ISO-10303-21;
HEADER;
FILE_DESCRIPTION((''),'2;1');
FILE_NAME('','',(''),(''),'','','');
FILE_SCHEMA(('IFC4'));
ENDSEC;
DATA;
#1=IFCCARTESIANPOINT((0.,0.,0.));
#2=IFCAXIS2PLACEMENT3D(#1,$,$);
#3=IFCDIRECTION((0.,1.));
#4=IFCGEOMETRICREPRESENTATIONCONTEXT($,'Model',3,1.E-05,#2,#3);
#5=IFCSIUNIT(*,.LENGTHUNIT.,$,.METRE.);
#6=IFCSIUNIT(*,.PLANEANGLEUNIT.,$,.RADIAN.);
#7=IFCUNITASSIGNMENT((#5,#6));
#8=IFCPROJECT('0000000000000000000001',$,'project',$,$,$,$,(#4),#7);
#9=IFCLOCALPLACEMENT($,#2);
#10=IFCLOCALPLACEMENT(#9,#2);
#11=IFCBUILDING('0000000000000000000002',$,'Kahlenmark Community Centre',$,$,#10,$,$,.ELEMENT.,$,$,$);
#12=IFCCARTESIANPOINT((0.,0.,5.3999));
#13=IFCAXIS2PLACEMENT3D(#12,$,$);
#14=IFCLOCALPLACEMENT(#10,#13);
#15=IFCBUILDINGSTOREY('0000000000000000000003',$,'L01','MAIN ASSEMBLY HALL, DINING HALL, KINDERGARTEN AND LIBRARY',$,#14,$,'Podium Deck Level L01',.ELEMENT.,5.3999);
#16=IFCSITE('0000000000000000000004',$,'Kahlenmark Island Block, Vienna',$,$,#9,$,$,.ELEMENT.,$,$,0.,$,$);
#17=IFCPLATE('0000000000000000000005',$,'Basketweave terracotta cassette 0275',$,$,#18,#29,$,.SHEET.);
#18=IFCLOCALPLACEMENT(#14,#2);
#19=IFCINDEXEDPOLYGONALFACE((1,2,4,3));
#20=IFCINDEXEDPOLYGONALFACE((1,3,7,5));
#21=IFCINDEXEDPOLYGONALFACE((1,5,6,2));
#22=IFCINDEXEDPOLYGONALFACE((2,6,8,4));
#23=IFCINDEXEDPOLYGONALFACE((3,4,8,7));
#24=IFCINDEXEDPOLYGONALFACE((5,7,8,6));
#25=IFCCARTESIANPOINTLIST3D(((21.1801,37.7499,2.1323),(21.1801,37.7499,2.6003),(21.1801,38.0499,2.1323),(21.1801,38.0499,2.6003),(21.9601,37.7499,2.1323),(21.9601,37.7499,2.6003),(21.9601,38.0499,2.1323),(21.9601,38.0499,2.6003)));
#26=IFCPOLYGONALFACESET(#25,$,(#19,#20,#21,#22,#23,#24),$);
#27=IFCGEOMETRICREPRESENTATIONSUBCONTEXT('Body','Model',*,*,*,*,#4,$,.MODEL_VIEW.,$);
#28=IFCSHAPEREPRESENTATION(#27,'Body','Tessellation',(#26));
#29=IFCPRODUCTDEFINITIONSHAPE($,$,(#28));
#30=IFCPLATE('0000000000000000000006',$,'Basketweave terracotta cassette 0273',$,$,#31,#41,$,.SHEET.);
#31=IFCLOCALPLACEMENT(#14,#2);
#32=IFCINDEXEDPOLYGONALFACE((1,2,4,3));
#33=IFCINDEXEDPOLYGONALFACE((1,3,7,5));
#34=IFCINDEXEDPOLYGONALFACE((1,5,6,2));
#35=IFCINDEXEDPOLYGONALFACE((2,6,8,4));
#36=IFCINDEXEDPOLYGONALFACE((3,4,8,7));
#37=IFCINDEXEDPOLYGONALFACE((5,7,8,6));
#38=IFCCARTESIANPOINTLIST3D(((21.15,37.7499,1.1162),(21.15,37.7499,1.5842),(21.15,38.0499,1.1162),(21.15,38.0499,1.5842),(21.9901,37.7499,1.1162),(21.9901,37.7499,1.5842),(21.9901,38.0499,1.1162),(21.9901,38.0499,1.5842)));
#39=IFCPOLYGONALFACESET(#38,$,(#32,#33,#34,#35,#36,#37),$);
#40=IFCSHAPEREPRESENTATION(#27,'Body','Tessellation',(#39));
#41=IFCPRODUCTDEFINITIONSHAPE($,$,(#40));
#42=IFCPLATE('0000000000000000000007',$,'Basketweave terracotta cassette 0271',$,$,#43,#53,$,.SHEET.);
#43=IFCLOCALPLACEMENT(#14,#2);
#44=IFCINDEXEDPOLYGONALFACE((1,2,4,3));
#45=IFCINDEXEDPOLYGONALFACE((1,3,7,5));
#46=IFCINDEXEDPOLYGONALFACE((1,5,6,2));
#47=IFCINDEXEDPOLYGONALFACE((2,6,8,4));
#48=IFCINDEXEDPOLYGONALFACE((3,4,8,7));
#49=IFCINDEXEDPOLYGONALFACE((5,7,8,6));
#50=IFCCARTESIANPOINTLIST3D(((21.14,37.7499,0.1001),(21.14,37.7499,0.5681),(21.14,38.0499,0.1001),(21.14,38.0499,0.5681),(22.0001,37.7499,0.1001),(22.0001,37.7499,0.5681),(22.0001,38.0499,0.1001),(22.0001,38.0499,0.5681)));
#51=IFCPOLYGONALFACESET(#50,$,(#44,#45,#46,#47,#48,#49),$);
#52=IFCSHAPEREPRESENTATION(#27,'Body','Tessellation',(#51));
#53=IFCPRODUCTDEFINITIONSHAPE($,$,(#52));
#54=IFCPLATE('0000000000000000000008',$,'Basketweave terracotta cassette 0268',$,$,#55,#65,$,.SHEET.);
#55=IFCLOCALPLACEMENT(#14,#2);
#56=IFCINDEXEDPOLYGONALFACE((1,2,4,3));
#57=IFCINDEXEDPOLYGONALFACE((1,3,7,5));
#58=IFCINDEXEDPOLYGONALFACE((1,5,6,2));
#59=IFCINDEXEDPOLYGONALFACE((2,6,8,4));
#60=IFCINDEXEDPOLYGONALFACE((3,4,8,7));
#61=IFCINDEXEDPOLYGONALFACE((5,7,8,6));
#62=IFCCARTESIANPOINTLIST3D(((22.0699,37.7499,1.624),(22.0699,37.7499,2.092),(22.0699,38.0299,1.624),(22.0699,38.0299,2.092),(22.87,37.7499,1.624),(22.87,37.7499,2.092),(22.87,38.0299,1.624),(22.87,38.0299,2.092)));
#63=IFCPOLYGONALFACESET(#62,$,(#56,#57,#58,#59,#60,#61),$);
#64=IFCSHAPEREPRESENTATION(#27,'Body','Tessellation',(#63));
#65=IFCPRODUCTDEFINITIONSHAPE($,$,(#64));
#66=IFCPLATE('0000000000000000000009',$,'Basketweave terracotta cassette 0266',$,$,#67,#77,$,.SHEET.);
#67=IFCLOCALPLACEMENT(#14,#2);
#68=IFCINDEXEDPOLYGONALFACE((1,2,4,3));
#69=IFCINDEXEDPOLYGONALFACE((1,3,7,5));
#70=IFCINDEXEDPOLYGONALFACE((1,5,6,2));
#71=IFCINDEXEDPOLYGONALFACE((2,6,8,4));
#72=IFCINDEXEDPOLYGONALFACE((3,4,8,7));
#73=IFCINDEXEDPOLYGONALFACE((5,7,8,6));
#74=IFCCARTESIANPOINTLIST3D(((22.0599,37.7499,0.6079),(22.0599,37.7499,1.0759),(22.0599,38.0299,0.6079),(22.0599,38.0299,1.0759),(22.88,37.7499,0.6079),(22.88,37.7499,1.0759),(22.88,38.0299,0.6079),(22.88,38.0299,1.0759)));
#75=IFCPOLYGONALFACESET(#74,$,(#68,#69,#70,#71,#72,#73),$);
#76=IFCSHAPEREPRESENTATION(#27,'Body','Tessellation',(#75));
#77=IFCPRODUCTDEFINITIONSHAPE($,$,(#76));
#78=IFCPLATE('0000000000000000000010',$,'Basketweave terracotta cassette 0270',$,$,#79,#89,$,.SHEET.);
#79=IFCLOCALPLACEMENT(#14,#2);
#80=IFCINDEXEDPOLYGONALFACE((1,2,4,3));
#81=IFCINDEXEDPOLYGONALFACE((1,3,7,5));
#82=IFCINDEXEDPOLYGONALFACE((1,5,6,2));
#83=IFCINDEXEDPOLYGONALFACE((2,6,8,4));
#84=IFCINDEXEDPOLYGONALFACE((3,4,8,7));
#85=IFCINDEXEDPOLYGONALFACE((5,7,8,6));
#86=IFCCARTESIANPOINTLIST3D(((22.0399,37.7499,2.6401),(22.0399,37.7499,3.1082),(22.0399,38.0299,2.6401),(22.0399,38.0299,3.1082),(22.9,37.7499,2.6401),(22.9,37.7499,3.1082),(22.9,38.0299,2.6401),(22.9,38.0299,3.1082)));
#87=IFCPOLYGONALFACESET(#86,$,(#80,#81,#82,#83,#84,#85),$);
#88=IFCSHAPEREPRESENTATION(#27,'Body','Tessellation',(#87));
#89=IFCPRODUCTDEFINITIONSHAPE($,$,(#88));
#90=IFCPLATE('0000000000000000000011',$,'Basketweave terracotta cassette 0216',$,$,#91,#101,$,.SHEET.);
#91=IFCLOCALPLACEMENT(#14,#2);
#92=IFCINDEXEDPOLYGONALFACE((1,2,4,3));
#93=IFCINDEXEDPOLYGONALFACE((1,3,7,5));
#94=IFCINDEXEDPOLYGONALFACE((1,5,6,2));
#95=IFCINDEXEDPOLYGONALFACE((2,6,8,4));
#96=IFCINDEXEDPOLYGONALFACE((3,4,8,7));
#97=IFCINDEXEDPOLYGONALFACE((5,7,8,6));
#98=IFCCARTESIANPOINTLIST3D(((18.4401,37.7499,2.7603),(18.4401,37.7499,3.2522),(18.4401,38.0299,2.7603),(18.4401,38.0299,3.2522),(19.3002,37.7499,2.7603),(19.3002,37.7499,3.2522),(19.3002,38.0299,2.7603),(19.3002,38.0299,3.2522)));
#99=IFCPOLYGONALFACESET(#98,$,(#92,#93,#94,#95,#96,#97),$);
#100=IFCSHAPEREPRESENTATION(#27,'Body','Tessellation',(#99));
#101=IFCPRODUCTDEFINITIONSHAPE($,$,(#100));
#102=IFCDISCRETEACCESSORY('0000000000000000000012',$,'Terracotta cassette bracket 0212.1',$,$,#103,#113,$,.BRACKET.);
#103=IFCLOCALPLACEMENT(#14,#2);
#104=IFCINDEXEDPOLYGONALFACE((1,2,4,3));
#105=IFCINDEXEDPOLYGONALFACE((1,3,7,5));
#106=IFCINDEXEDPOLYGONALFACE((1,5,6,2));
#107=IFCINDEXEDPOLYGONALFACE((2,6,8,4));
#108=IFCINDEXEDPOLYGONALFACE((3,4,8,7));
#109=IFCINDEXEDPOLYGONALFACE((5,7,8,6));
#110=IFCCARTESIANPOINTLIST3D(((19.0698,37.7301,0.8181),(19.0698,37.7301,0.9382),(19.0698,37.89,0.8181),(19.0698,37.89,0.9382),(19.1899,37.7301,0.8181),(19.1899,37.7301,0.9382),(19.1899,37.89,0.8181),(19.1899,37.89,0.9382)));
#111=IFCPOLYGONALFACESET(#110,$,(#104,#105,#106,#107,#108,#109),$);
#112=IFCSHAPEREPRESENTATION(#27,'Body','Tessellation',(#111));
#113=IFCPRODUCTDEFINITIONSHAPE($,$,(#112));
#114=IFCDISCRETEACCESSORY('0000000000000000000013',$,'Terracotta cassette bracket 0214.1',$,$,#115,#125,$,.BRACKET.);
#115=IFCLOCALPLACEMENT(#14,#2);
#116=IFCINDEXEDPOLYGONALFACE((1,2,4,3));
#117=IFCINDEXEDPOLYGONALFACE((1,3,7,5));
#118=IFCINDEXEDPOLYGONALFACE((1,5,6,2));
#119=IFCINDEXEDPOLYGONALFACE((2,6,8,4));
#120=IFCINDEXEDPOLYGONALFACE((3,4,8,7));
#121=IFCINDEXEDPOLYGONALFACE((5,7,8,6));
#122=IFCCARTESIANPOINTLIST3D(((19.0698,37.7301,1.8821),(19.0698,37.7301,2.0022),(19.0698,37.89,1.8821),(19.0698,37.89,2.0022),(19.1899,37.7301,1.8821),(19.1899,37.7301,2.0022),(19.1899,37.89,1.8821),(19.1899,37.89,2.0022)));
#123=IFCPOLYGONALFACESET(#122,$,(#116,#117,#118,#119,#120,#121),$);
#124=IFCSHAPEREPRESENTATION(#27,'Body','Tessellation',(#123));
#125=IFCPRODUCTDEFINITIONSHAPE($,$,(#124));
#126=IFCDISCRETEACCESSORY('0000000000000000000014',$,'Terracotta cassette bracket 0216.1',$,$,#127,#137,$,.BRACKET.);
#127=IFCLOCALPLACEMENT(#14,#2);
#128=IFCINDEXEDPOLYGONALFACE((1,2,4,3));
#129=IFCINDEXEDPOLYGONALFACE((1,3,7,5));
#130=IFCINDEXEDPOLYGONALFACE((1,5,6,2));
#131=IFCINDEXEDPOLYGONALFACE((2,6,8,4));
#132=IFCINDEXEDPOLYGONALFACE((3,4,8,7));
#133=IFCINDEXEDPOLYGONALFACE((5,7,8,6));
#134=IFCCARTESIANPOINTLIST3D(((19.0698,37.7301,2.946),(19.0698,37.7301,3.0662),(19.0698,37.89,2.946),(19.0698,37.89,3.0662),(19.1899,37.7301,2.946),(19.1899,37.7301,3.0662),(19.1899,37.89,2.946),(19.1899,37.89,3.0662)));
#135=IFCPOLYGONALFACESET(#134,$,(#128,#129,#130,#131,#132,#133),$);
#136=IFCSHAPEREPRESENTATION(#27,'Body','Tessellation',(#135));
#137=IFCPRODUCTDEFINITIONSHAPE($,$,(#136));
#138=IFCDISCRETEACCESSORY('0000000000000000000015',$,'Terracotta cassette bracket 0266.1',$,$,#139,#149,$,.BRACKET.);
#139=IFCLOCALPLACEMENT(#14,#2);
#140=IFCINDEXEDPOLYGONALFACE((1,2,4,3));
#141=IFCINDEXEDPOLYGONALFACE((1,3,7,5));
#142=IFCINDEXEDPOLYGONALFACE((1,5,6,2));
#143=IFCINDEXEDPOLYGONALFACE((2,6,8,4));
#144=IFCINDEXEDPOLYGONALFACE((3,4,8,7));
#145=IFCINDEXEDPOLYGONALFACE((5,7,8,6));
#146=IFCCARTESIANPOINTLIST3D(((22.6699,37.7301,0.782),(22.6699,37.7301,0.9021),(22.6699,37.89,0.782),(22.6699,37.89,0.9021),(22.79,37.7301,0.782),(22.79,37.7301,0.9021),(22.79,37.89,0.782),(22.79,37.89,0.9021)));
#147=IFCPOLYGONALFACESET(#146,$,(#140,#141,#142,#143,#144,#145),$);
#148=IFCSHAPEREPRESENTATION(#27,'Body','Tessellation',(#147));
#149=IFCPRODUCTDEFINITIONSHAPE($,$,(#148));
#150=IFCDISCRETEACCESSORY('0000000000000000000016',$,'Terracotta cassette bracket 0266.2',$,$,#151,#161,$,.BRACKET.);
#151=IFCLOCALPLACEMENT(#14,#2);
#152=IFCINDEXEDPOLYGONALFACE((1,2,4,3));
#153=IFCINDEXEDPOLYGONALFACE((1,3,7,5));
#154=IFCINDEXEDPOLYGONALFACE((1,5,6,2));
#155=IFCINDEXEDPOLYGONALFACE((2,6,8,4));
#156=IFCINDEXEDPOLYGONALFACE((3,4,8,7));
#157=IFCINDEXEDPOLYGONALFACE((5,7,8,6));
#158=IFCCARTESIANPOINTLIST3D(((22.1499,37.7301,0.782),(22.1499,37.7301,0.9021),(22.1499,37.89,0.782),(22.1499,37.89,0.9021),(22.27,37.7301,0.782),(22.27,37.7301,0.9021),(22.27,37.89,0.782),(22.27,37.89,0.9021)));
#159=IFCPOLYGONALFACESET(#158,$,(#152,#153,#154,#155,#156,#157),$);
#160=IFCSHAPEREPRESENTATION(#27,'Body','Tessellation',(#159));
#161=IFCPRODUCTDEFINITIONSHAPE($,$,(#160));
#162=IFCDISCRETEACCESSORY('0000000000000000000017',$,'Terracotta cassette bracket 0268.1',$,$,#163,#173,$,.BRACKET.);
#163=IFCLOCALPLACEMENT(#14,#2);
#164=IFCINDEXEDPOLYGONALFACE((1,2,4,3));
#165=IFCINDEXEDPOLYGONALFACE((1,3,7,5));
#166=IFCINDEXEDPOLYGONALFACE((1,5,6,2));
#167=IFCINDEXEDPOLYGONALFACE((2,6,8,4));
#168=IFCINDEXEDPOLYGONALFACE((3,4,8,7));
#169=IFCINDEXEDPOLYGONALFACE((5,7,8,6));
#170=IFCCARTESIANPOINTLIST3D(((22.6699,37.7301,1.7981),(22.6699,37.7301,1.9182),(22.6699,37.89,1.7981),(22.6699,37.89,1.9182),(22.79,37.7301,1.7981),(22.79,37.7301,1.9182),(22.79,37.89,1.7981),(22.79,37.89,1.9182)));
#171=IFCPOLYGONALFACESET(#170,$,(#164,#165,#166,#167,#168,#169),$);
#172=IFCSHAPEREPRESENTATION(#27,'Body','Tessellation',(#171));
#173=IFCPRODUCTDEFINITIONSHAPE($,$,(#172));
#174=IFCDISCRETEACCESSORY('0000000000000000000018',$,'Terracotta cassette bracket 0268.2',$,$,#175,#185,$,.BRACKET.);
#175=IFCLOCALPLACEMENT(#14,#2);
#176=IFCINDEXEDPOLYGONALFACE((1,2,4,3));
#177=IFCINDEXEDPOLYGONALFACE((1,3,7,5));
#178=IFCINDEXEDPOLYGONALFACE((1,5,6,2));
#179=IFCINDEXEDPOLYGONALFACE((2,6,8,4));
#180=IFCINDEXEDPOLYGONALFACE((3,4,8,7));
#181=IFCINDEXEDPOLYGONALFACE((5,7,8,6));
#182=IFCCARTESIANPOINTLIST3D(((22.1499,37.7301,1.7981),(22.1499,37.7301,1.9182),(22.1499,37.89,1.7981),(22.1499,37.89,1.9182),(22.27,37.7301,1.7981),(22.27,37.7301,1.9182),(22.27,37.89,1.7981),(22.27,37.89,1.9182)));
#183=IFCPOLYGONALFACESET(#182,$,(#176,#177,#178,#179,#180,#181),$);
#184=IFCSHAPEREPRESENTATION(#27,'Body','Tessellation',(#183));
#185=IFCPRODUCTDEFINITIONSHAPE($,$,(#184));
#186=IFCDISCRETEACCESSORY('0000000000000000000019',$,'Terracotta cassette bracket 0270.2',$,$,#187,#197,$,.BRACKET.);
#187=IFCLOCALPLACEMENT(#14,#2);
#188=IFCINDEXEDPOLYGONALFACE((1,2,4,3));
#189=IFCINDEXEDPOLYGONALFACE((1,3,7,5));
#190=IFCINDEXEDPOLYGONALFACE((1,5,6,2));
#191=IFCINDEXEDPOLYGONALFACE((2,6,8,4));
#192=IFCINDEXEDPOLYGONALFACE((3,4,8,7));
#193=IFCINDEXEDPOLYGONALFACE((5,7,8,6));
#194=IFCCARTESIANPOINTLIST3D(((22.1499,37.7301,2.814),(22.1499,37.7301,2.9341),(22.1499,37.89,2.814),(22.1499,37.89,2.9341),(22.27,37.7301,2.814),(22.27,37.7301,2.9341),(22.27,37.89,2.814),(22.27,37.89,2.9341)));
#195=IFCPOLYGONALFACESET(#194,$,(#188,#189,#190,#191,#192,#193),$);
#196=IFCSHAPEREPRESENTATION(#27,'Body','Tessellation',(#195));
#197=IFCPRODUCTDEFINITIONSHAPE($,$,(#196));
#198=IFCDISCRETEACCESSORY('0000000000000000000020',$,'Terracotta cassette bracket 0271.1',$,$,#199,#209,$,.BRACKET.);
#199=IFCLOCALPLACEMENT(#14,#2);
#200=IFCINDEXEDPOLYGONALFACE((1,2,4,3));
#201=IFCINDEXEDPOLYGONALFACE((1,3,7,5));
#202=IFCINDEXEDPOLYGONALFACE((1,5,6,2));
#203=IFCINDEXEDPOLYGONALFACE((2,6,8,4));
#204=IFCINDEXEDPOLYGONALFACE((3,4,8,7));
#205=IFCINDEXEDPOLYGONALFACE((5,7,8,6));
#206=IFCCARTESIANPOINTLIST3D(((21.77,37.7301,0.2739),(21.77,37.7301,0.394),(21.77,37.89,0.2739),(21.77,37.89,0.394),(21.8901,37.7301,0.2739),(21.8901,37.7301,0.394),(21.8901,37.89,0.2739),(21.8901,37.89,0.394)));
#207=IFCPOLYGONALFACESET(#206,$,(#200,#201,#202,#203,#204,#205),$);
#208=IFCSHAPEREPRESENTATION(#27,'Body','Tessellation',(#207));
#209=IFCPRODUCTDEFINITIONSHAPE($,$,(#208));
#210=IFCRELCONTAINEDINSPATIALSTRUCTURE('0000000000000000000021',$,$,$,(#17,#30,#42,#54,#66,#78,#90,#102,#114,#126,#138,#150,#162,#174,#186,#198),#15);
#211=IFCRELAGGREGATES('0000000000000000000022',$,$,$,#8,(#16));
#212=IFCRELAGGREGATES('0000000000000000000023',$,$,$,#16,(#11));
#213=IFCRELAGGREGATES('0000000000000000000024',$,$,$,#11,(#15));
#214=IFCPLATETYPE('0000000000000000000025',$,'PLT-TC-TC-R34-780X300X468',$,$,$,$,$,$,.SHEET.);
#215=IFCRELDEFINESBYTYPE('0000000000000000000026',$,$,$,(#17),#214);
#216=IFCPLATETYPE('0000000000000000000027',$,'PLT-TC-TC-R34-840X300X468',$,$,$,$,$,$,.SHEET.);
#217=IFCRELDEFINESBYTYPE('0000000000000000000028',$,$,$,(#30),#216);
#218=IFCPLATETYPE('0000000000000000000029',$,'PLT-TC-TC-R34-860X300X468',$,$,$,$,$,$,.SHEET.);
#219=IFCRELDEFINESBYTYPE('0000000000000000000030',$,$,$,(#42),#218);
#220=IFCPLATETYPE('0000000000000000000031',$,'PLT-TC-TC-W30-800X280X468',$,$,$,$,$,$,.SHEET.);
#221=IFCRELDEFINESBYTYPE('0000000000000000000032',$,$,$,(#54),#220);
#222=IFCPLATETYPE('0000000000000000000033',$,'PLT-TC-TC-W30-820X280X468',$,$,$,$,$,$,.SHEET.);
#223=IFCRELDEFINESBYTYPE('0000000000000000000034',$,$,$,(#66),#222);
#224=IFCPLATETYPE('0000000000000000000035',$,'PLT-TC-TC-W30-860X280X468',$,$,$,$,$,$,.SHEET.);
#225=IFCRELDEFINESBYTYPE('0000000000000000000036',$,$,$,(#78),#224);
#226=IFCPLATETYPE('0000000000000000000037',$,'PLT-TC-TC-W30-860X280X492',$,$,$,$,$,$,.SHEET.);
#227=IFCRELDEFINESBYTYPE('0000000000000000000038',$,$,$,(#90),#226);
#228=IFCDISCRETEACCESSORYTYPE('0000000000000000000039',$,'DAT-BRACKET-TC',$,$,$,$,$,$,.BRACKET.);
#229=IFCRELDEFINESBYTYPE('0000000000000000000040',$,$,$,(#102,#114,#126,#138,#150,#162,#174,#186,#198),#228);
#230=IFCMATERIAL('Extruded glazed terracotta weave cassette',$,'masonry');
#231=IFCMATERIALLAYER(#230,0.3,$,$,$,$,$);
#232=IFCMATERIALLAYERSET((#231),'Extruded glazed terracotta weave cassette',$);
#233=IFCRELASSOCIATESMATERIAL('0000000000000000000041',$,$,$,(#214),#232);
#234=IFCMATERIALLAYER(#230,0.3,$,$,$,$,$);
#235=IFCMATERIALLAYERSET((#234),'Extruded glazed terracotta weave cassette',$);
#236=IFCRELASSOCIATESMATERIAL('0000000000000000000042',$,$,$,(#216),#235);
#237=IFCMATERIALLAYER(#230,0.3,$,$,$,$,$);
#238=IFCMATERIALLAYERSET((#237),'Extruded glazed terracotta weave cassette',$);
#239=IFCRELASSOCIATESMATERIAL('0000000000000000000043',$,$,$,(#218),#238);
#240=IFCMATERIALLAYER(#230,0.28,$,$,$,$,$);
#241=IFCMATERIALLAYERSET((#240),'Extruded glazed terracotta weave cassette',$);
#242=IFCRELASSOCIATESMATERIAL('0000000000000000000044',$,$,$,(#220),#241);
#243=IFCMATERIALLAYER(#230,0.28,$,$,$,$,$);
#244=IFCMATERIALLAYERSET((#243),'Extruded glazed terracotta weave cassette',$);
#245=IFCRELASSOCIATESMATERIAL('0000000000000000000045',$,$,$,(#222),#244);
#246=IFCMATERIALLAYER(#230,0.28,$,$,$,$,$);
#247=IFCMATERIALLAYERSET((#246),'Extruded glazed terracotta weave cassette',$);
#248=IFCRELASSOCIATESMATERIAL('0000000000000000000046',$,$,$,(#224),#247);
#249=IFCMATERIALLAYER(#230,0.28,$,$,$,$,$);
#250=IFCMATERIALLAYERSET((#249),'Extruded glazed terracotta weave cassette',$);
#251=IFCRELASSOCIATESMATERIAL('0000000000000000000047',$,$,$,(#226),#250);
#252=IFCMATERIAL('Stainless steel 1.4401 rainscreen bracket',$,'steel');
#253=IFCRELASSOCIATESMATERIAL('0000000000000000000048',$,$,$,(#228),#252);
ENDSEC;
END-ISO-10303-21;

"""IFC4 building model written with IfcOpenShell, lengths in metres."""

from ifc_helpers import new_model, si_unit, direction, frame, origin, origin_2d, place, context, subcontext, project, spatial, rectangle, extrude, material, layer, layer_set, type_object, element, save


model = new_model("IFC4")

# Units and contexts
model_context = context("Model", 3, precision=1e-05, world=origin(), true_north=direction((0.0, 1.0)))
body_context = subcontext(model_context, "Body", "Model", "MODEL_VIEW")
ifc_project = project(units=[si_unit("LENGTHUNIT", "METRE"), si_unit("PLANEANGLEUNIT", "RADIAN")], contexts=[model_context])

# Site, building, storey
site_placement = place(None, origin())
site = spatial("IfcSite", under=ifc_project, at=site_placement, Name="Kahlenmark Island Block, Vienna", CompositionType="ELEMENT", RefElevation=0.0)
building_placement = place(site_placement, origin())
building = spatial("IfcBuilding", under=site, at=building_placement, Name="Kahlenmark Community Centre", CompositionType="ELEMENT")
storey_placement = place(building_placement, frame((0.0, 0.0, 5.3999)))
storey = spatial("IfcBuildingStorey", under=building, at=storey_placement, Name="L01", Description="MAIN ASSEMBLY HALL, DINING HALL, KINDERGARTEN AND LIBRARY", LongName="Podium Deck Level L01", CompositionType="ELEMENT", Elevation=5.3999)

# Plates
ifc_material_1 = material(Name="Extruded glazed terracotta weave cassette", Category="masonry")
ifc_layer_1 = layer(ifc_material_1, 0.3)
ifc_layer_set_1 = layer_set([ifc_layer_1], Name="Extruded glazed terracotta weave cassette")
plate_type_1 = type_object("IfcPlateType", Name="PLT-TC-TC-R34-780X300X468", PredefinedType="SHEET", material=ifc_layer_set_1)
plate_1_placement = place(storey_placement, frame((21.5701, 37.8999, 2.1323), z_axis=(0.0, 0.0, 1.0), x_axis=(-1.0, 0.0, 0.0)))
element("IfcPlate", 1, at=plate_1_placement, inside=storey, type_object=plate_type_1, Name="Basketweave terracotta cassette 0275", PredefinedType="SHEET", context=body_context, shape_type="SweptSolid", body=[
    extrude(rectangle(XDim=0.78, YDim=0.3, at=origin_2d()), origin(), (0.0, 0.0, 1.0), 0.468),
])
ifc_layer_2 = layer(ifc_material_1, 0.3)
ifc_layer_set_2 = layer_set([ifc_layer_2], Name="Extruded glazed terracotta weave cassette")
plate_type_2 = type_object("IfcPlateType", Name="PLT-TC-TC-R34-840X300X468", PredefinedType="SHEET", material=ifc_layer_set_2)
plate_2_placement = place(storey_placement, frame((21.5701, 37.8999, 1.1162), z_axis=(0.0, 0.0, 1.0), x_axis=(-1.0, 0.0, 0.0)))
element("IfcPlate", 2, at=plate_2_placement, inside=storey, type_object=plate_type_2, Name="Basketweave terracotta cassette 0273", PredefinedType="SHEET", context=body_context, shape_type="SweptSolid", body=[
    extrude(rectangle(XDim=0.8401, YDim=0.3, at=origin_2d()), origin(), (0.0, 0.0, 1.0), 0.468),
])
ifc_layer_3 = layer(ifc_material_1, 0.3)
ifc_layer_set_3 = layer_set([ifc_layer_3], Name="Extruded glazed terracotta weave cassette")
plate_type_3 = type_object("IfcPlateType", Name="PLT-TC-TC-R34-860X300X468", PredefinedType="SHEET", material=ifc_layer_set_3)
plate_3_placement = place(storey_placement, frame((21.5701, 37.8999, 0.1001), z_axis=(0.0, 0.0, 1.0), x_axis=(-1.0, 0.0, 0.0)))
element("IfcPlate", 3, at=plate_3_placement, inside=storey, type_object=plate_type_3, Name="Basketweave terracotta cassette 0271", PredefinedType="SHEET", context=body_context, shape_type="SweptSolid", body=[
    extrude(rectangle(XDim=0.8601, YDim=0.3, at=origin_2d()), origin(), (0.0, 0.0, 1.0), 0.468),
])
ifc_layer_4 = layer(ifc_material_1, 0.28)
ifc_layer_set_4 = layer_set([ifc_layer_4], Name="Extruded glazed terracotta weave cassette")
plate_type_4 = type_object("IfcPlateType", Name="PLT-TC-TC-W30-800X280X468", PredefinedType="SHEET", material=ifc_layer_set_4)
plate_4_placement = place(storey_placement, frame((22.47, 37.8899, 1.624), z_axis=(0.0, 0.0, 1.0), x_axis=(-1.0, 0.0, 0.0)))
element("IfcPlate", 4, at=plate_4_placement, inside=storey, type_object=plate_type_4, Name="Basketweave terracotta cassette 0268", PredefinedType="SHEET", context=body_context, shape_type="SweptSolid", body=[
    extrude(rectangle(XDim=0.8, YDim=0.28, at=origin_2d()), origin(), (0.0, 0.0, 1.0), 0.468),
])
ifc_layer_5 = layer(ifc_material_1, 0.28)
ifc_layer_set_5 = layer_set([ifc_layer_5], Name="Extruded glazed terracotta weave cassette")
plate_type_5 = type_object("IfcPlateType", Name="PLT-TC-TC-W30-820X280X468", PredefinedType="SHEET", material=ifc_layer_set_5)
plate_5_placement = place(storey_placement, frame((22.47, 37.8899, 0.6079), z_axis=(0.0, 0.0, 1.0), x_axis=(-1.0, 0.0, 0.0)))
element("IfcPlate", 5, at=plate_5_placement, inside=storey, type_object=plate_type_5, Name="Basketweave terracotta cassette 0266", PredefinedType="SHEET", context=body_context, shape_type="SweptSolid", body=[
    extrude(rectangle(XDim=0.8201, YDim=0.28, at=origin_2d()), origin(), (0.0, 0.0, 1.0), 0.468),
])
ifc_layer_6 = layer(ifc_material_1, 0.28)
ifc_layer_set_6 = layer_set([ifc_layer_6], Name="Extruded glazed terracotta weave cassette")
plate_type_6 = type_object("IfcPlateType", Name="PLT-TC-TC-W30-860X280X468", PredefinedType="SHEET", material=ifc_layer_set_6)
plate_6_placement = place(storey_placement, frame((22.47, 37.8899, 2.6401), z_axis=(0.0, 0.0, 1.0), x_axis=(-1.0, 0.0, 0.0)))
element("IfcPlate", 6, at=plate_6_placement, inside=storey, type_object=plate_type_6, Name="Basketweave terracotta cassette 0270", PredefinedType="SHEET", context=body_context, shape_type="SweptSolid", body=[
    extrude(rectangle(XDim=0.8601, YDim=0.28, at=origin_2d()), origin(), (0.0, 0.0, 1.0), 0.468),
])
ifc_layer_7 = layer(ifc_material_1, 0.28)
ifc_layer_set_7 = layer_set([ifc_layer_7], Name="Extruded glazed terracotta weave cassette")
plate_type_7 = type_object("IfcPlateType", Name="PLT-TC-TC-W30-860X280X492", PredefinedType="SHEET", material=ifc_layer_set_7)
plate_7_placement = place(storey_placement, frame((18.8701, 37.8899, 2.7603), z_axis=(0.0, 0.0, 1.0), x_axis=(-1.0, 0.0, 0.0)))
element("IfcPlate", 7, at=plate_7_placement, inside=storey, type_object=plate_type_7, Name="Basketweave terracotta cassette 0216", PredefinedType="SHEET", context=body_context, shape_type="SweptSolid", body=[
    extrude(rectangle(XDim=0.8601, YDim=0.28, at=origin_2d()), origin(), (0.0, 0.0, 1.0), 0.4919),
])

# Discrete accessories
ifc_material_2 = material(Name="Stainless steel 1.4401 rainscreen bracket", Category="steel")
discrete_accessory_type = type_object("IfcDiscreteAccessoryType", Name="DAT-BRACKET-TC", PredefinedType="BRACKET", material=ifc_material_2)
for number, where, z_axis, x_axis, name in (
    (8, (19.1299, 37.8101, 0.8181), (0.0, 0.0, 1.0), (-1.0, 0.0, 0.0), "Terracotta cassette bracket 0212.1"),
    (9, (19.1299, 37.8101, 1.8821), (0.0, 0.0, 1.0), (-1.0, 0.0, 0.0), "Terracotta cassette bracket 0214.1"),
    (10, (19.1299, 37.8101, 2.946), (0.0, 0.0, 1.0), (-1.0, 0.0, 0.0), "Terracotta cassette bracket 0216.1"),
    (11, (22.73, 37.8101, 0.782), (0.0, 0.0, 1.0), (-1.0, 0.0, 0.0), "Terracotta cassette bracket 0266.1"),
    (12, (22.21, 37.8101, 0.782), (0.0, 0.0, 1.0), (-1.0, 0.0, 0.0), "Terracotta cassette bracket 0266.2"),
    (13, (22.73, 37.8101, 1.7981), (0.0, 0.0, 1.0), (-1.0, 0.0, 0.0), "Terracotta cassette bracket 0268.1"),
    (14, (22.21, 37.8101, 1.7981), (0.0, 0.0, 1.0), (-1.0, 0.0, 0.0), "Terracotta cassette bracket 0268.2"),
    (15, (22.21, 37.8101, 2.814), (0.0, 0.0, 1.0), (-1.0, 0.0, 0.0), "Terracotta cassette bracket 0270.2"),
    (16, (21.8301, 37.8101, 0.2739), (0.0, 0.0, 1.0), (-1.0, 0.0, 0.0), "Terracotta cassette bracket 0271.1"),
):
    element("IfcDiscreteAccessory", number, at=place(storey_placement, frame(where, z_axis=z_axis, x_axis=x_axis)), inside=storey, type_object=discrete_accessory_type, Name=name, PredefinedType="BRACKET", context=body_context, shape_type="SweptSolid", body=[
        extrude(rectangle(XDim=0.1201, YDim=0.1599, at=origin_2d()), origin(), (0.0, 0.0, 1.0), 0.1201),
    ])

save(model, "model.ifc")
